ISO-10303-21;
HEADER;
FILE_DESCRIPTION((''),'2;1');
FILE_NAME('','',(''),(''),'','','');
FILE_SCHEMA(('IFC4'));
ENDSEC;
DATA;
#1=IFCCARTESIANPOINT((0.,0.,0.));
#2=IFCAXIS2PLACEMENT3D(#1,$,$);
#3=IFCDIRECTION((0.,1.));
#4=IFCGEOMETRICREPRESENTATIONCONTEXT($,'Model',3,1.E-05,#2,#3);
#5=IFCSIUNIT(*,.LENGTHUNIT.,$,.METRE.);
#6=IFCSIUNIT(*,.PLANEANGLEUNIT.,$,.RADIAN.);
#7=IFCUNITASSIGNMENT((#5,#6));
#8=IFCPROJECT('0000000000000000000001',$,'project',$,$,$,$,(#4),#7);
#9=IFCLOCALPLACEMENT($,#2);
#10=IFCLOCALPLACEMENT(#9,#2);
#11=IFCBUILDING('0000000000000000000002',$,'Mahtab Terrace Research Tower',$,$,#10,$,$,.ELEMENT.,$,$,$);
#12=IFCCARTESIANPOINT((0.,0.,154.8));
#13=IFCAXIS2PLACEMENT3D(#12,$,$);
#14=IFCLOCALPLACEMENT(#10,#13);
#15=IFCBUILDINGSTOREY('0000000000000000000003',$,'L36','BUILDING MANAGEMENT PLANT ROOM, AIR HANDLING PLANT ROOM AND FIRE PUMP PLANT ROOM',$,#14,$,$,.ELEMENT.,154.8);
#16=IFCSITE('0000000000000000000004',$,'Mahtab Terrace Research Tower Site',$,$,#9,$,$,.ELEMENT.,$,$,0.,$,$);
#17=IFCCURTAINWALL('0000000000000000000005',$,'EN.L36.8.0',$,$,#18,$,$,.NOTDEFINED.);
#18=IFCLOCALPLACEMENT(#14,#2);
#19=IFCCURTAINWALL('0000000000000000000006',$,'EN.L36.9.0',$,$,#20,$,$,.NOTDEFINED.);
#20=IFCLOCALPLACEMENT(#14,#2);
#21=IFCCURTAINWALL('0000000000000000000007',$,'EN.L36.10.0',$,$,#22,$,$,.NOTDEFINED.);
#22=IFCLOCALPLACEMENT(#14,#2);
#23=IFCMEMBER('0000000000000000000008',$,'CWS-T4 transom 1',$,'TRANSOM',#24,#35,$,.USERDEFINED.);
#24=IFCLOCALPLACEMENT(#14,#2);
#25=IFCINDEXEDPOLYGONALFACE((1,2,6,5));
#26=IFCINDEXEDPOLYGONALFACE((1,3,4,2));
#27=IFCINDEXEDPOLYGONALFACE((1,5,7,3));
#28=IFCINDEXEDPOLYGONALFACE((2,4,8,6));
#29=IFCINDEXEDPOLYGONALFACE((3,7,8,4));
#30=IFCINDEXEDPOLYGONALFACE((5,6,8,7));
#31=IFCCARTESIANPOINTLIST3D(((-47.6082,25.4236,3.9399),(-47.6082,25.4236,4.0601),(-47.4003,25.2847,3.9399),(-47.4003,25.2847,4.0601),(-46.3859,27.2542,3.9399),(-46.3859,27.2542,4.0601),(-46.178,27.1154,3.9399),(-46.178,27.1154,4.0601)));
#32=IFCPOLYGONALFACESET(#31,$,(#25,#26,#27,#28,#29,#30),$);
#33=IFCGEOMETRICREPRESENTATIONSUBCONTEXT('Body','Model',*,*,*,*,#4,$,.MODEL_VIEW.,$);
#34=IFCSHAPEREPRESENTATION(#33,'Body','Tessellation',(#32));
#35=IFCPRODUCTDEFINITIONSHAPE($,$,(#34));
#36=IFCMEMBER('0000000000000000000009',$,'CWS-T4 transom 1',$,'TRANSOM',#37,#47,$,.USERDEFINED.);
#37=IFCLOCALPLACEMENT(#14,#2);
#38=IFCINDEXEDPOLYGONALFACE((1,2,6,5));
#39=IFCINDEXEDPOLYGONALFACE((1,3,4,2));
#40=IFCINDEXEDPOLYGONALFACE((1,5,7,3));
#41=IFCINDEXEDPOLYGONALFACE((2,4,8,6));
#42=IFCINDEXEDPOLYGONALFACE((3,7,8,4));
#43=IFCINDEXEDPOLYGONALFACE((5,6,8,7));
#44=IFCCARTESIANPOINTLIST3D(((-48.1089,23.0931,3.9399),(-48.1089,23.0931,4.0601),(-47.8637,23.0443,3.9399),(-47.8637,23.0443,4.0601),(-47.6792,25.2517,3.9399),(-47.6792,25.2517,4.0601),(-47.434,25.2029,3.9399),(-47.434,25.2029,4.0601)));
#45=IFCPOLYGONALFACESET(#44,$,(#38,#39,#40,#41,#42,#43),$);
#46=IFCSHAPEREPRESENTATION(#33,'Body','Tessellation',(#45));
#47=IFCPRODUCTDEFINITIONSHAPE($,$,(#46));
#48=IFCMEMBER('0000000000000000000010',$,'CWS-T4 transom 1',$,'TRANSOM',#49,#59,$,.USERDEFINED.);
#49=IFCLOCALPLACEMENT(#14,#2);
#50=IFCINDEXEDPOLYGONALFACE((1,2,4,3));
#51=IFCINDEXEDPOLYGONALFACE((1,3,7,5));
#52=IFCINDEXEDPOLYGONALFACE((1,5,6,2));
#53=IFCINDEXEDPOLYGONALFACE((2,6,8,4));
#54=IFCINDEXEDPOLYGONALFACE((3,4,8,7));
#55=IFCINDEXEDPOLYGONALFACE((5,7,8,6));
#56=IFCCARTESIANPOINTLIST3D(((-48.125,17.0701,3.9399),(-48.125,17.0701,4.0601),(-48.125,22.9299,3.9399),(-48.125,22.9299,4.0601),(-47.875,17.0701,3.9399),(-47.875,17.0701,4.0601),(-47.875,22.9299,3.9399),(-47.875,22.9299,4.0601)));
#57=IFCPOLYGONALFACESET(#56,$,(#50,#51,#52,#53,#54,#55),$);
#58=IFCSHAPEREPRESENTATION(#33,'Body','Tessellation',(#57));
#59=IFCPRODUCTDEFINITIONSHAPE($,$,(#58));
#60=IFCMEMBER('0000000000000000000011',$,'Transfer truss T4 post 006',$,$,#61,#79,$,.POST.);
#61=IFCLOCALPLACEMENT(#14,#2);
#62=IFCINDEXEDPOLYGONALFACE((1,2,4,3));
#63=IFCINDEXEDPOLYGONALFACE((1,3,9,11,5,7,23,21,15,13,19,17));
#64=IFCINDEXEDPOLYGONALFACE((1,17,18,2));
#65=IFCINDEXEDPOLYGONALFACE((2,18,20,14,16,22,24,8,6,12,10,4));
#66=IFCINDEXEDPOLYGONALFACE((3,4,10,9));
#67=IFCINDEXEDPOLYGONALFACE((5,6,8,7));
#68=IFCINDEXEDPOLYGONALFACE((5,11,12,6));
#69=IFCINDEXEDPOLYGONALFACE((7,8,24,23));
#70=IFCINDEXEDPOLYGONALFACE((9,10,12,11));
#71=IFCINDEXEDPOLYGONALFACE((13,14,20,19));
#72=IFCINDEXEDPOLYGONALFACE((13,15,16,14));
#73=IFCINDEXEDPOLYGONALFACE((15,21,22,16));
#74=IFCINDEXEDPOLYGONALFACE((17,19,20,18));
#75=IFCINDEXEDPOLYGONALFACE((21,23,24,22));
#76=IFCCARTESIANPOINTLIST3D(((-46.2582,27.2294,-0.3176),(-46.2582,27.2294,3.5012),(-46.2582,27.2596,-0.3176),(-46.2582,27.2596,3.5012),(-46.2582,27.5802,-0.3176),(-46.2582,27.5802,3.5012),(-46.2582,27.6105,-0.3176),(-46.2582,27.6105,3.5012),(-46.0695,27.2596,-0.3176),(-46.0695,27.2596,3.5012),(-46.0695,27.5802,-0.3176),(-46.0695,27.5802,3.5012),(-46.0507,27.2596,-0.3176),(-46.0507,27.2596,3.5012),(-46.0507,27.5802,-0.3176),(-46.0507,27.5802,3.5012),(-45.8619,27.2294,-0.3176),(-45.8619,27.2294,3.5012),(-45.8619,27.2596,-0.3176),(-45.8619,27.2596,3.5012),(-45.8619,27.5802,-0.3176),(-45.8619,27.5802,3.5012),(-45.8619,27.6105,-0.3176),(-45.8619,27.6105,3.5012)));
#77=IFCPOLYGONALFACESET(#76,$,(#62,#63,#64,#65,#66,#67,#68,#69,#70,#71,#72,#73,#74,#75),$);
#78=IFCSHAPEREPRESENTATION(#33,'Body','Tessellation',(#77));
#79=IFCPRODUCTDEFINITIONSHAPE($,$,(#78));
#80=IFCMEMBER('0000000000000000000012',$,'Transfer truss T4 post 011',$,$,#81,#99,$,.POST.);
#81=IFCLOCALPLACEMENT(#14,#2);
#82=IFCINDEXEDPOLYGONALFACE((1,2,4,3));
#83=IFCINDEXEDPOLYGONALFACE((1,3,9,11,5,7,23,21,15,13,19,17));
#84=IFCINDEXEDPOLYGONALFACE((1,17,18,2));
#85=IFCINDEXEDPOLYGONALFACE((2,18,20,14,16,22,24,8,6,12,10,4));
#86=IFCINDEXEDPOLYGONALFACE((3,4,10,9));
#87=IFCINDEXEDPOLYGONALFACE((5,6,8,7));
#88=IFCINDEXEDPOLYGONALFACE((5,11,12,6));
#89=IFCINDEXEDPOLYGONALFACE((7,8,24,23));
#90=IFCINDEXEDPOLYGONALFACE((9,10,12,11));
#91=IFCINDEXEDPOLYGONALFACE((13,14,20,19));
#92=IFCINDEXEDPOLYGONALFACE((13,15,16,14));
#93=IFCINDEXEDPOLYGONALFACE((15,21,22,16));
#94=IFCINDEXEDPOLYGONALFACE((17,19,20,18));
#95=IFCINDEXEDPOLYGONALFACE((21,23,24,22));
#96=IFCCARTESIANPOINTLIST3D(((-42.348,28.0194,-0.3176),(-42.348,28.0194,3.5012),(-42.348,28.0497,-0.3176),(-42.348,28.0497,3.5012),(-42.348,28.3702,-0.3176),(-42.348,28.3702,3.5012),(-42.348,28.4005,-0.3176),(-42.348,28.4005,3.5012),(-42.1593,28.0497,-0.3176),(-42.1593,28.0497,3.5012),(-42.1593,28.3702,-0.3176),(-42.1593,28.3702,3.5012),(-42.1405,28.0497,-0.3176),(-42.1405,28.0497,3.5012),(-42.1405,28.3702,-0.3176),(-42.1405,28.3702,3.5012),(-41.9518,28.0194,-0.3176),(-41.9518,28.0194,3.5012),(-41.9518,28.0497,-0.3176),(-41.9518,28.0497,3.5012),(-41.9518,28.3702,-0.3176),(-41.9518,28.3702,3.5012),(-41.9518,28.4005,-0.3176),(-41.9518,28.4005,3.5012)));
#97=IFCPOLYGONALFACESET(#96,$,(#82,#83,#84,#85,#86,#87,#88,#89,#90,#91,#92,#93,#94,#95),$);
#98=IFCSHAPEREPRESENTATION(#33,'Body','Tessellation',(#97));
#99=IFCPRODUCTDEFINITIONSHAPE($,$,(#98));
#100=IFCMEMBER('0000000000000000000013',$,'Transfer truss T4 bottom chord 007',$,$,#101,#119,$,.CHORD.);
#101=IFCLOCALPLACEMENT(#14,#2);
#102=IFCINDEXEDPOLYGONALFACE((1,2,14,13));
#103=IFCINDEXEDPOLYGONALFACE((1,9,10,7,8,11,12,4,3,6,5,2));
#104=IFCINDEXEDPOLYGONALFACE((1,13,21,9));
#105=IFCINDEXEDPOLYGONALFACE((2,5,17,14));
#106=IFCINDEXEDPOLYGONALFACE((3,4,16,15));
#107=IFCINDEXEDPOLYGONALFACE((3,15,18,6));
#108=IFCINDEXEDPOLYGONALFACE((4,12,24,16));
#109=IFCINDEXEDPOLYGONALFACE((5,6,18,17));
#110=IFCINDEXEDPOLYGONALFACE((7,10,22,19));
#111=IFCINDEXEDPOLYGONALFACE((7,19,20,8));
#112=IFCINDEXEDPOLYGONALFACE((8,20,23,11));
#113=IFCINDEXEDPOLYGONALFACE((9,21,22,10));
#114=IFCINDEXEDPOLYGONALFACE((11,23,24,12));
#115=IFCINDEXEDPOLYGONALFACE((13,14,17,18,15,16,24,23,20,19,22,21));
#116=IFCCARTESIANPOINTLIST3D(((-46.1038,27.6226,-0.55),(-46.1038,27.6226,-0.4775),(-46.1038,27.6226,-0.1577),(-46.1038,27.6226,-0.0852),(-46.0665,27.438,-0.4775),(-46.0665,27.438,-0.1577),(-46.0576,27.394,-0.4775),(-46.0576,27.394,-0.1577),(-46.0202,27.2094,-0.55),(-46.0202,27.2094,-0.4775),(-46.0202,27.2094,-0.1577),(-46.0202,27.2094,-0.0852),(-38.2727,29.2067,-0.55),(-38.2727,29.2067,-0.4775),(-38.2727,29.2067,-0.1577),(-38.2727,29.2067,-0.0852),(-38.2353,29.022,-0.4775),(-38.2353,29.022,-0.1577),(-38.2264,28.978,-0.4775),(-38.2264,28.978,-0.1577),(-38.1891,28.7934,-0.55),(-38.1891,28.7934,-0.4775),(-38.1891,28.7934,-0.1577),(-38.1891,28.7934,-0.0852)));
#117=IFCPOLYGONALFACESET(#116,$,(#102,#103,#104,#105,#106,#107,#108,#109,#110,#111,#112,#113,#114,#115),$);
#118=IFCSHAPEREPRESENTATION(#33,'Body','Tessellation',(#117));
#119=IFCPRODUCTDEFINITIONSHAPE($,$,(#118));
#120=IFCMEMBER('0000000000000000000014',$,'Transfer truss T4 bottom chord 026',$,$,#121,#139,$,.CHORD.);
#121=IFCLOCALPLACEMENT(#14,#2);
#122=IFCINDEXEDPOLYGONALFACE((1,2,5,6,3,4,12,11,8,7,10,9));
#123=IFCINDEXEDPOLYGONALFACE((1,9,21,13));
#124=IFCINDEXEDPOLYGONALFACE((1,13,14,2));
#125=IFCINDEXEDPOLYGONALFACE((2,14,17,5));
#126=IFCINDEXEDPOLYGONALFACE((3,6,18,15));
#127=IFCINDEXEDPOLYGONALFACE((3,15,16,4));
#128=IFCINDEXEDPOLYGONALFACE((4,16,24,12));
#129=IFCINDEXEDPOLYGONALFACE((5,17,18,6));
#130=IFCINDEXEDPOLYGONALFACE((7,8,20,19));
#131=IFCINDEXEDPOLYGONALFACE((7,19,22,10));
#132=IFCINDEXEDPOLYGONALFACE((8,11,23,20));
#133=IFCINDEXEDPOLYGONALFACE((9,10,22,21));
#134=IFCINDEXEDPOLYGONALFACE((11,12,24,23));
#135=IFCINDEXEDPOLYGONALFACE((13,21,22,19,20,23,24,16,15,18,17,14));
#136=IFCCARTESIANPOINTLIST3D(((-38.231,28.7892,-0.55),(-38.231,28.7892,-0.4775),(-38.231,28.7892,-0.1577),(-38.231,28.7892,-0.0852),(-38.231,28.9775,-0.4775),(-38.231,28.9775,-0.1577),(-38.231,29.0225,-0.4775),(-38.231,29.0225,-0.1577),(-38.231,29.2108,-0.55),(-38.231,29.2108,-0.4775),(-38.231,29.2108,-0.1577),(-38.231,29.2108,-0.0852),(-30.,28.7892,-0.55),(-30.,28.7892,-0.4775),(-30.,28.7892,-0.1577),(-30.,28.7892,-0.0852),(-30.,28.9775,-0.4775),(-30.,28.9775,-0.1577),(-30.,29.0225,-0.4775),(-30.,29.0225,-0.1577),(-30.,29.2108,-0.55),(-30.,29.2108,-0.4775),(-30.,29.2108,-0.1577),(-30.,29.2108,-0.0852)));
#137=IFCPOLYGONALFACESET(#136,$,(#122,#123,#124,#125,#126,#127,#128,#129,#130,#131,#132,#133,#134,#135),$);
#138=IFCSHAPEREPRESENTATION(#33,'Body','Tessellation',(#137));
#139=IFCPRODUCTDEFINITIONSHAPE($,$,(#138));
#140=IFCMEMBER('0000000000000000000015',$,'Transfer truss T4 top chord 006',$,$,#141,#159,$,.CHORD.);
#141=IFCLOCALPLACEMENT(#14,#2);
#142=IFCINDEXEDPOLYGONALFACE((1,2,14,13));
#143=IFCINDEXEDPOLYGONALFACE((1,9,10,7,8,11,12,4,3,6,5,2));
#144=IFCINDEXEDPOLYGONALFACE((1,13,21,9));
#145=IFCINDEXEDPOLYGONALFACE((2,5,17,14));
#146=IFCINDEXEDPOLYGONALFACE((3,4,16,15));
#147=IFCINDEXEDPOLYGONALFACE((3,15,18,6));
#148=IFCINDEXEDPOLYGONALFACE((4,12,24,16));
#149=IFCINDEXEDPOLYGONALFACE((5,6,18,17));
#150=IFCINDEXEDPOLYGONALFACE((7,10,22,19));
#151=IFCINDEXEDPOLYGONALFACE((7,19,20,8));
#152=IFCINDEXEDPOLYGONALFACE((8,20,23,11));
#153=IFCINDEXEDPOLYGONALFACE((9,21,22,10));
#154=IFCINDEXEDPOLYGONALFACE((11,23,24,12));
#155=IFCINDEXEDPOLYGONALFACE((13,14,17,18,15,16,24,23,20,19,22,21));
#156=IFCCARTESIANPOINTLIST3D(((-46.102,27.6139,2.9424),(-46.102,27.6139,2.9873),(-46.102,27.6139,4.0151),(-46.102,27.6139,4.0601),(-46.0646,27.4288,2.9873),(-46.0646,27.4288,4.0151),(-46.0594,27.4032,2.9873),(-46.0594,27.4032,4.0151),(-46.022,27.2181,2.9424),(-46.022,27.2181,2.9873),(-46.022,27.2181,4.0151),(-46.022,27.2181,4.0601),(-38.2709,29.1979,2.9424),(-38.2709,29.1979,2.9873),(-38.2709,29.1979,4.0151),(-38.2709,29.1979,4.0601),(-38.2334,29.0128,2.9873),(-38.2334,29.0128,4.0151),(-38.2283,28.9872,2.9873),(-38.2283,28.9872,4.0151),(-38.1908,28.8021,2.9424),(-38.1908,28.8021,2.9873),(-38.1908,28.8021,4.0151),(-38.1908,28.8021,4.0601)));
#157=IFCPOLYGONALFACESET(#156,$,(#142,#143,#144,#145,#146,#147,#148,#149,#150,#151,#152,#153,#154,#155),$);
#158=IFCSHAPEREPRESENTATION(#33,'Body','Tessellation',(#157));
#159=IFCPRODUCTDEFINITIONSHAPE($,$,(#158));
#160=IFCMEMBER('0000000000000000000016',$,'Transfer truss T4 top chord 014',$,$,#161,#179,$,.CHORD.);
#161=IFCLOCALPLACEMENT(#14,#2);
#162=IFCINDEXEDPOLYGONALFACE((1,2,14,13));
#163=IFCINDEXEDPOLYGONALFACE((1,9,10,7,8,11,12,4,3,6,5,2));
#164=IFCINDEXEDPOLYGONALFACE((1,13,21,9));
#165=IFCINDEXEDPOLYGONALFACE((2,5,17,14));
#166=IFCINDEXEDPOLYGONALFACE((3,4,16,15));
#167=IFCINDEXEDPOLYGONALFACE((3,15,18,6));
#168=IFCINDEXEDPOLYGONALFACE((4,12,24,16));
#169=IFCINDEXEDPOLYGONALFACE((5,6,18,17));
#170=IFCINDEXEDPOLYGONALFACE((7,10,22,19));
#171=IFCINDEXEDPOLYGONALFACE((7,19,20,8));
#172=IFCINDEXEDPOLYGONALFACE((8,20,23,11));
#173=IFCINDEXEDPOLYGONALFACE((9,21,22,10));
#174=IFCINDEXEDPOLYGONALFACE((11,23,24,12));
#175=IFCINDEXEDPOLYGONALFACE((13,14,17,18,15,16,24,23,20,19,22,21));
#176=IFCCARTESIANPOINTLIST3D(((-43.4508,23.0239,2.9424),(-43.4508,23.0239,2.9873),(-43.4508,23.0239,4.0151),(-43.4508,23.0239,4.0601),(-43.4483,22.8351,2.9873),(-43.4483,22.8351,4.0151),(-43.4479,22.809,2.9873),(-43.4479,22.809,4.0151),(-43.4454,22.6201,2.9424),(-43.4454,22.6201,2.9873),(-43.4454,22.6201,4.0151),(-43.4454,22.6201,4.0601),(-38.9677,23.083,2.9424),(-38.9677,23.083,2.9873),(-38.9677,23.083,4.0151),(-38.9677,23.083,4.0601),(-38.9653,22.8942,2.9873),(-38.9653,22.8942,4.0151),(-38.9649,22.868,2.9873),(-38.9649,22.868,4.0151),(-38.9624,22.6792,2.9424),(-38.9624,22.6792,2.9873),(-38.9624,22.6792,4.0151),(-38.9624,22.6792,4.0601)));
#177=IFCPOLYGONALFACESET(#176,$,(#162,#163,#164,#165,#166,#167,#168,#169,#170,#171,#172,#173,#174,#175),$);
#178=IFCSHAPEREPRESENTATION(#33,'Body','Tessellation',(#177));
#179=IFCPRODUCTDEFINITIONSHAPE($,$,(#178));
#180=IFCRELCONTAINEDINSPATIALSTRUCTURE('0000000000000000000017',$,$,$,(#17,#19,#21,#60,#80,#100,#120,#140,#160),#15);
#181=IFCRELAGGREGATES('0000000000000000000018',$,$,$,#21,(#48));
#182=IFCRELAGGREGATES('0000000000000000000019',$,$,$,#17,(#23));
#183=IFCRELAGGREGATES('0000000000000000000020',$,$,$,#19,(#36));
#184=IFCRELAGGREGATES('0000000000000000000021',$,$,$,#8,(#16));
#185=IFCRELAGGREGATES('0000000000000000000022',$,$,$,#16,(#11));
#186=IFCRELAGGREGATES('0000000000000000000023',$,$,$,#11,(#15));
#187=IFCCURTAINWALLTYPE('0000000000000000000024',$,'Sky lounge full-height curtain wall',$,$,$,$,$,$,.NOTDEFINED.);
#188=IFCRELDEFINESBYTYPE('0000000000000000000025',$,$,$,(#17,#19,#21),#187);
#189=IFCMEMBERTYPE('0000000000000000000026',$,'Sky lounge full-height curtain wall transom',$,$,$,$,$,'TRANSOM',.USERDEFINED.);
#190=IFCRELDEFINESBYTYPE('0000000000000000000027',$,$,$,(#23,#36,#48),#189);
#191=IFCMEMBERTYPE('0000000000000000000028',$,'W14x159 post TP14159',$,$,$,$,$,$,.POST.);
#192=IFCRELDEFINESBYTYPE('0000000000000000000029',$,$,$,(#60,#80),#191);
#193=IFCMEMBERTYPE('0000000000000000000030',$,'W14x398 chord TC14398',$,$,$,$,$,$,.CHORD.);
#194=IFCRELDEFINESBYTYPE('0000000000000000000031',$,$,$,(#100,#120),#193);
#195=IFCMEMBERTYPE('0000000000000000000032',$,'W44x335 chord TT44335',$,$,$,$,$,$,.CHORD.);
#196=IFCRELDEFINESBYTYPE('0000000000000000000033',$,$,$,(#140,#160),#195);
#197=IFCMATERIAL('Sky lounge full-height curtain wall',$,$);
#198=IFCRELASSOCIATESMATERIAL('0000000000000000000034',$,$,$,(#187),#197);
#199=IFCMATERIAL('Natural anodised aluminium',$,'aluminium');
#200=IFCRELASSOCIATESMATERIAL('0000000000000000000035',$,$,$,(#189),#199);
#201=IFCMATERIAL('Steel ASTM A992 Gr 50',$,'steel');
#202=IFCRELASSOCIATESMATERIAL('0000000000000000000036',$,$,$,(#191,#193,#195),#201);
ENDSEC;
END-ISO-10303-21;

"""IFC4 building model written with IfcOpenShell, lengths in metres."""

from ifc_helpers import new_model, si_unit, direction, frame, origin, origin_2d, place, context, subcontext, project, spatial, rectangle, i_section, extrude, material, material_profile, profile_set, type_object, element, aggregate, save


model = new_model("IFC4")

# Units and contexts
model_context = context("Model", 3, precision=1e-05, world=origin(), true_north=direction((0.0, 1.0)))
body_context = subcontext(model_context, "Body", "Model", "MODEL_VIEW")
ifc_project = project(units=[si_unit("LENGTHUNIT", "METRE"), si_unit("PLANEANGLEUNIT", "RADIAN")], contexts=[model_context])

# Site, building, storey
site_placement = place(None, origin())
site = spatial("IfcSite", under=ifc_project, at=site_placement, Name="Mahtab Terrace Research Tower Site", CompositionType="ELEMENT", RefElevation=0.0)
building_placement = place(site_placement, origin())
building = spatial("IfcBuilding", under=site, at=building_placement, Name="Mahtab Terrace Research Tower", CompositionType="ELEMENT")
storey_placement = place(building_placement, frame((0.0, 0.0, 154.8)))
storey = spatial("IfcBuildingStorey", under=building, at=storey_placement, Name="L36", Description="BUILDING MANAGEMENT PLANT ROOM, AIR HANDLING PLANT ROOM AND FIRE PUMP PLANT ROOM", CompositionType="ELEMENT", Elevation=154.8)

# Shared definitions
ifc_material_1 = material(Name="Sky lounge full-height curtain wall")
curtain_wall_type = type_object("IfcCurtainWallType", Name="Sky lounge full-height curtain wall", PredefinedType="NOTDEFINED", material=ifc_material_1)
ifc_material_2 = material(Name="Natural anodised aluminium", Category="aluminium")

# Curtain walls
curtain_wall_1_placement = place(storey_placement, origin())
curtain_wall_1 = element("IfcCurtainWall", 1, at=curtain_wall_1_placement, inside=storey, type_object=curtain_wall_type, Name="EN.L36.8.0", PredefinedType="NOTDEFINED")
curtain_wall_2_placement = place(storey_placement, origin())
curtain_wall_2 = element("IfcCurtainWall", 2, at=curtain_wall_2_placement, inside=storey, type_object=curtain_wall_type, Name="EN.L36.9.0", PredefinedType="NOTDEFINED")

# Curtain wall
curtain_wall_3_placement = place(storey_placement, origin())
curtain_wall_3 = element("IfcCurtainWall", 3, at=curtain_wall_3_placement, inside=storey, type_object=curtain_wall_type, Name="EN.L36.10.0", PredefinedType="NOTDEFINED")

# Members
ifc_material_profile_1 = material_profile(ifc_material_2, rectangle(XDim=0.25, YDim=0.1201, at=origin_2d()), Name="TRANSOM 120x250")
ifc_profile_set_1 = profile_set([ifc_material_profile_1], Name="Natural anodised aluminium")
member_type_1 = type_object("IfcMemberType", Name="Sky lounge full-height curtain wall transom", ElementType="TRANSOM", PredefinedType="USERDEFINED", material=ifc_profile_set_1)
member_1_placement = place(storey_placement, frame((-46.282, 27.1848, 4.0), z_axis=(-0.555263, -0.831675, 0.0), x_axis=(0.831675, -0.555263, 0.0)))
member_1 = element("IfcMember", 4, at=member_1_placement, type_object=member_type_1, Name="CWS-T4 transom 1", ObjectType="TRANSOM", PredefinedType="USERDEFINED", context=body_context, shape_type="SweptSolid", body=[
    extrude(rectangle(XDim=0.25, YDim=0.1201, at=origin_2d()), origin(), (0.0, 0.0, 1.0), 2.2012),
])
member_2_placement = place(storey_placement, frame((-47.5566, 25.2273, 4.0), z_axis=(-0.19522, -0.980759, 0.0), x_axis=(0.980759, -0.19522, 0.0)))
member_2 = element("IfcMember", 5, at=member_2_placement, type_object=member_type_1, Name="CWS-T4 transom 1", ObjectType="TRANSOM", PredefinedType="USERDEFINED", context=body_context, shape_type="SweptSolid", body=[
    extrude(rectangle(XDim=0.25, YDim=0.1201, at=origin_2d()), origin(), (0.0, 0.0, 1.0), 2.2009),
])
member_3_placement = place(storey_placement, frame((-48.0, 22.9299, 4.0), z_axis=(0.0, -1.0, 0.0), x_axis=(1.0, 0.0, 0.0)))
member_3 = element("IfcMember", 6, at=member_3_placement, type_object=member_type_1, Name="CWS-T4 transom 1", ObjectType="TRANSOM", PredefinedType="USERDEFINED", context=body_context, shape_type="SweptSolid", body=[
    extrude(rectangle(XDim=0.25, YDim=0.1201, at=origin_2d()), origin(), (0.0, 0.0, 1.0), 5.8599),
])
aggregate(curtain_wall_3, [member_3])

# Members
ifc_material_3 = material(Name="Steel ASTM A992 Gr 50", Category="steel")
ifc_material_profile_2 = material_profile(ifc_material_3, i_section(OverallWidth=0.3962, OverallDepth=0.3811, WebThickness=0.0188, FlangeThickness=0.0303, at=origin_2d()), Name="W14X159")
ifc_profile_set_2 = profile_set([ifc_material_profile_2], Name="Steel ASTM A992 Gr 50")
member_type_2 = type_object("IfcMemberType", Name="W14x159 post TP14159", PredefinedType="POST", material=ifc_profile_set_2)
for number, where, z_axis, x_axis, name in (
    (7, (-46.0601, 27.4199, -0.3176), (0.0, 0.0, 1.0), (1.0, 0.0, 0.0), "Transfer truss T4 post 006"),
    (8, (-42.1499, 28.21, -0.3176), (0.0, 0.0, 1.0), (1.0, 0.0, 0.0), "Transfer truss T4 post 011"),
):
    element("IfcMember", number, at=place(storey_placement, frame(where, z_axis=z_axis, x_axis=x_axis)), inside=storey, type_object=member_type_2, Name=name, PredefinedType="POST", context=body_context, shape_type="SweptSolid", body=[
        extrude(i_section(OverallWidth=0.3962, OverallDepth=0.3811, WebThickness=0.0188, FlangeThickness=0.0303, at=origin_2d()), origin(), (0.0, 0.0, 1.0), 3.8188),
    ])
ifc_material_profile_3 = material_profile(ifc_material_3, i_section(OverallWidth=0.4216, OverallDepth=0.4648, WebThickness=0.0449, FlangeThickness=0.0725, at=origin_2d()), Name="W14X398")
ifc_profile_set_3 = profile_set([ifc_material_profile_3], Name="Steel ASTM A992 Gr 50")
member_type_3 = type_object("IfcMemberType", Name="W14x398 chord TC14398", PredefinedType="CHORD", material=ifc_profile_set_3)
member_4_placement = place(storey_placement, frame((-46.062, 27.416, -0.3176), z_axis=(0.980151, 0.198255, 0.0), x_axis=(-0.198255, 0.980151, 0.0)))
element("IfcMember", 9, at=member_4_placement, inside=storey, type_object=member_type_3, Name="Transfer truss T4 bottom chord 007", PredefinedType="CHORD", context=body_context, shape_type="SweptSolid", body=[
    extrude(i_section(OverallWidth=0.4216, OverallDepth=0.4648, WebThickness=0.0449, FlangeThickness=0.0725, at=origin_2d()), origin(), (0.0, 0.0, 1.0), 7.9897),
])
member_5_placement = place(storey_placement, frame((-38.231, 29.0, -0.3176), z_axis=(1.0, 0.0, 0.0), x_axis=(0.0, 1.0, 0.0)))
element("IfcMember", 10, at=member_5_placement, inside=storey, type_object=member_type_3, Name="Transfer truss T4 bottom chord 026", PredefinedType="CHORD", context=body_context, shape_type="SweptSolid", body=[
    extrude(i_section(OverallWidth=0.4216, OverallDepth=0.4648, WebThickness=0.0449, FlangeThickness=0.0725, at=origin_2d()), origin(), (0.0, 0.0, 1.0), 8.231),
])
ifc_material_profile_4 = material_profile(ifc_material_3, i_section(OverallWidth=0.4038, OverallDepth=1.1177, WebThickness=0.0261, FlangeThickness=0.0449, at=origin_2d()), Name="W44X335")
ifc_profile_set_4 = profile_set([ifc_material_profile_4], Name="Steel ASTM A992 Gr 50")
member_type_4 = type_object("IfcMemberType", Name="W44x335 chord TT44335", PredefinedType="CHORD", material=ifc_profile_set_4)
member_6_placement = place(storey_placement, frame((-46.062, 27.416, 3.5012), z_axis=(0.980151, 0.198255, 0.0), x_axis=(-0.198255, 0.980151, 0.0)))
element("IfcMember", 11, at=member_6_placement, inside=storey, type_object=member_type_4, Name="Transfer truss T4 top chord 006", PredefinedType="CHORD", context=body_context, shape_type="SweptSolid", body=[
    extrude(i_section(OverallWidth=0.4038, OverallDepth=1.1177, WebThickness=0.0261, FlangeThickness=0.0449, at=origin_2d()), origin(), (0.0, 0.0, 1.0), 7.9897),
])
member_7_placement = place(storey_placement, frame((-38.9651, 22.8811, 3.5012), z_axis=(-0.999913, -0.013178, 0.0), x_axis=(0.013178, -0.999913, 0.0)))
element("IfcMember", 12, at=member_7_placement, inside=storey, type_object=member_type_4, Name="Transfer truss T4 top chord 014", PredefinedType="CHORD", context=body_context, shape_type="SweptSolid", body=[
    extrude(i_section(OverallWidth=0.4038, OverallDepth=1.1177, WebThickness=0.0261, FlangeThickness=0.0449, at=origin_2d()), origin(), (0.0, 0.0, 1.0), 4.4834),
])

aggregate(curtain_wall_1, [member_1])
aggregate(curtain_wall_2, [member_2])

save(model, "model.ifc")
